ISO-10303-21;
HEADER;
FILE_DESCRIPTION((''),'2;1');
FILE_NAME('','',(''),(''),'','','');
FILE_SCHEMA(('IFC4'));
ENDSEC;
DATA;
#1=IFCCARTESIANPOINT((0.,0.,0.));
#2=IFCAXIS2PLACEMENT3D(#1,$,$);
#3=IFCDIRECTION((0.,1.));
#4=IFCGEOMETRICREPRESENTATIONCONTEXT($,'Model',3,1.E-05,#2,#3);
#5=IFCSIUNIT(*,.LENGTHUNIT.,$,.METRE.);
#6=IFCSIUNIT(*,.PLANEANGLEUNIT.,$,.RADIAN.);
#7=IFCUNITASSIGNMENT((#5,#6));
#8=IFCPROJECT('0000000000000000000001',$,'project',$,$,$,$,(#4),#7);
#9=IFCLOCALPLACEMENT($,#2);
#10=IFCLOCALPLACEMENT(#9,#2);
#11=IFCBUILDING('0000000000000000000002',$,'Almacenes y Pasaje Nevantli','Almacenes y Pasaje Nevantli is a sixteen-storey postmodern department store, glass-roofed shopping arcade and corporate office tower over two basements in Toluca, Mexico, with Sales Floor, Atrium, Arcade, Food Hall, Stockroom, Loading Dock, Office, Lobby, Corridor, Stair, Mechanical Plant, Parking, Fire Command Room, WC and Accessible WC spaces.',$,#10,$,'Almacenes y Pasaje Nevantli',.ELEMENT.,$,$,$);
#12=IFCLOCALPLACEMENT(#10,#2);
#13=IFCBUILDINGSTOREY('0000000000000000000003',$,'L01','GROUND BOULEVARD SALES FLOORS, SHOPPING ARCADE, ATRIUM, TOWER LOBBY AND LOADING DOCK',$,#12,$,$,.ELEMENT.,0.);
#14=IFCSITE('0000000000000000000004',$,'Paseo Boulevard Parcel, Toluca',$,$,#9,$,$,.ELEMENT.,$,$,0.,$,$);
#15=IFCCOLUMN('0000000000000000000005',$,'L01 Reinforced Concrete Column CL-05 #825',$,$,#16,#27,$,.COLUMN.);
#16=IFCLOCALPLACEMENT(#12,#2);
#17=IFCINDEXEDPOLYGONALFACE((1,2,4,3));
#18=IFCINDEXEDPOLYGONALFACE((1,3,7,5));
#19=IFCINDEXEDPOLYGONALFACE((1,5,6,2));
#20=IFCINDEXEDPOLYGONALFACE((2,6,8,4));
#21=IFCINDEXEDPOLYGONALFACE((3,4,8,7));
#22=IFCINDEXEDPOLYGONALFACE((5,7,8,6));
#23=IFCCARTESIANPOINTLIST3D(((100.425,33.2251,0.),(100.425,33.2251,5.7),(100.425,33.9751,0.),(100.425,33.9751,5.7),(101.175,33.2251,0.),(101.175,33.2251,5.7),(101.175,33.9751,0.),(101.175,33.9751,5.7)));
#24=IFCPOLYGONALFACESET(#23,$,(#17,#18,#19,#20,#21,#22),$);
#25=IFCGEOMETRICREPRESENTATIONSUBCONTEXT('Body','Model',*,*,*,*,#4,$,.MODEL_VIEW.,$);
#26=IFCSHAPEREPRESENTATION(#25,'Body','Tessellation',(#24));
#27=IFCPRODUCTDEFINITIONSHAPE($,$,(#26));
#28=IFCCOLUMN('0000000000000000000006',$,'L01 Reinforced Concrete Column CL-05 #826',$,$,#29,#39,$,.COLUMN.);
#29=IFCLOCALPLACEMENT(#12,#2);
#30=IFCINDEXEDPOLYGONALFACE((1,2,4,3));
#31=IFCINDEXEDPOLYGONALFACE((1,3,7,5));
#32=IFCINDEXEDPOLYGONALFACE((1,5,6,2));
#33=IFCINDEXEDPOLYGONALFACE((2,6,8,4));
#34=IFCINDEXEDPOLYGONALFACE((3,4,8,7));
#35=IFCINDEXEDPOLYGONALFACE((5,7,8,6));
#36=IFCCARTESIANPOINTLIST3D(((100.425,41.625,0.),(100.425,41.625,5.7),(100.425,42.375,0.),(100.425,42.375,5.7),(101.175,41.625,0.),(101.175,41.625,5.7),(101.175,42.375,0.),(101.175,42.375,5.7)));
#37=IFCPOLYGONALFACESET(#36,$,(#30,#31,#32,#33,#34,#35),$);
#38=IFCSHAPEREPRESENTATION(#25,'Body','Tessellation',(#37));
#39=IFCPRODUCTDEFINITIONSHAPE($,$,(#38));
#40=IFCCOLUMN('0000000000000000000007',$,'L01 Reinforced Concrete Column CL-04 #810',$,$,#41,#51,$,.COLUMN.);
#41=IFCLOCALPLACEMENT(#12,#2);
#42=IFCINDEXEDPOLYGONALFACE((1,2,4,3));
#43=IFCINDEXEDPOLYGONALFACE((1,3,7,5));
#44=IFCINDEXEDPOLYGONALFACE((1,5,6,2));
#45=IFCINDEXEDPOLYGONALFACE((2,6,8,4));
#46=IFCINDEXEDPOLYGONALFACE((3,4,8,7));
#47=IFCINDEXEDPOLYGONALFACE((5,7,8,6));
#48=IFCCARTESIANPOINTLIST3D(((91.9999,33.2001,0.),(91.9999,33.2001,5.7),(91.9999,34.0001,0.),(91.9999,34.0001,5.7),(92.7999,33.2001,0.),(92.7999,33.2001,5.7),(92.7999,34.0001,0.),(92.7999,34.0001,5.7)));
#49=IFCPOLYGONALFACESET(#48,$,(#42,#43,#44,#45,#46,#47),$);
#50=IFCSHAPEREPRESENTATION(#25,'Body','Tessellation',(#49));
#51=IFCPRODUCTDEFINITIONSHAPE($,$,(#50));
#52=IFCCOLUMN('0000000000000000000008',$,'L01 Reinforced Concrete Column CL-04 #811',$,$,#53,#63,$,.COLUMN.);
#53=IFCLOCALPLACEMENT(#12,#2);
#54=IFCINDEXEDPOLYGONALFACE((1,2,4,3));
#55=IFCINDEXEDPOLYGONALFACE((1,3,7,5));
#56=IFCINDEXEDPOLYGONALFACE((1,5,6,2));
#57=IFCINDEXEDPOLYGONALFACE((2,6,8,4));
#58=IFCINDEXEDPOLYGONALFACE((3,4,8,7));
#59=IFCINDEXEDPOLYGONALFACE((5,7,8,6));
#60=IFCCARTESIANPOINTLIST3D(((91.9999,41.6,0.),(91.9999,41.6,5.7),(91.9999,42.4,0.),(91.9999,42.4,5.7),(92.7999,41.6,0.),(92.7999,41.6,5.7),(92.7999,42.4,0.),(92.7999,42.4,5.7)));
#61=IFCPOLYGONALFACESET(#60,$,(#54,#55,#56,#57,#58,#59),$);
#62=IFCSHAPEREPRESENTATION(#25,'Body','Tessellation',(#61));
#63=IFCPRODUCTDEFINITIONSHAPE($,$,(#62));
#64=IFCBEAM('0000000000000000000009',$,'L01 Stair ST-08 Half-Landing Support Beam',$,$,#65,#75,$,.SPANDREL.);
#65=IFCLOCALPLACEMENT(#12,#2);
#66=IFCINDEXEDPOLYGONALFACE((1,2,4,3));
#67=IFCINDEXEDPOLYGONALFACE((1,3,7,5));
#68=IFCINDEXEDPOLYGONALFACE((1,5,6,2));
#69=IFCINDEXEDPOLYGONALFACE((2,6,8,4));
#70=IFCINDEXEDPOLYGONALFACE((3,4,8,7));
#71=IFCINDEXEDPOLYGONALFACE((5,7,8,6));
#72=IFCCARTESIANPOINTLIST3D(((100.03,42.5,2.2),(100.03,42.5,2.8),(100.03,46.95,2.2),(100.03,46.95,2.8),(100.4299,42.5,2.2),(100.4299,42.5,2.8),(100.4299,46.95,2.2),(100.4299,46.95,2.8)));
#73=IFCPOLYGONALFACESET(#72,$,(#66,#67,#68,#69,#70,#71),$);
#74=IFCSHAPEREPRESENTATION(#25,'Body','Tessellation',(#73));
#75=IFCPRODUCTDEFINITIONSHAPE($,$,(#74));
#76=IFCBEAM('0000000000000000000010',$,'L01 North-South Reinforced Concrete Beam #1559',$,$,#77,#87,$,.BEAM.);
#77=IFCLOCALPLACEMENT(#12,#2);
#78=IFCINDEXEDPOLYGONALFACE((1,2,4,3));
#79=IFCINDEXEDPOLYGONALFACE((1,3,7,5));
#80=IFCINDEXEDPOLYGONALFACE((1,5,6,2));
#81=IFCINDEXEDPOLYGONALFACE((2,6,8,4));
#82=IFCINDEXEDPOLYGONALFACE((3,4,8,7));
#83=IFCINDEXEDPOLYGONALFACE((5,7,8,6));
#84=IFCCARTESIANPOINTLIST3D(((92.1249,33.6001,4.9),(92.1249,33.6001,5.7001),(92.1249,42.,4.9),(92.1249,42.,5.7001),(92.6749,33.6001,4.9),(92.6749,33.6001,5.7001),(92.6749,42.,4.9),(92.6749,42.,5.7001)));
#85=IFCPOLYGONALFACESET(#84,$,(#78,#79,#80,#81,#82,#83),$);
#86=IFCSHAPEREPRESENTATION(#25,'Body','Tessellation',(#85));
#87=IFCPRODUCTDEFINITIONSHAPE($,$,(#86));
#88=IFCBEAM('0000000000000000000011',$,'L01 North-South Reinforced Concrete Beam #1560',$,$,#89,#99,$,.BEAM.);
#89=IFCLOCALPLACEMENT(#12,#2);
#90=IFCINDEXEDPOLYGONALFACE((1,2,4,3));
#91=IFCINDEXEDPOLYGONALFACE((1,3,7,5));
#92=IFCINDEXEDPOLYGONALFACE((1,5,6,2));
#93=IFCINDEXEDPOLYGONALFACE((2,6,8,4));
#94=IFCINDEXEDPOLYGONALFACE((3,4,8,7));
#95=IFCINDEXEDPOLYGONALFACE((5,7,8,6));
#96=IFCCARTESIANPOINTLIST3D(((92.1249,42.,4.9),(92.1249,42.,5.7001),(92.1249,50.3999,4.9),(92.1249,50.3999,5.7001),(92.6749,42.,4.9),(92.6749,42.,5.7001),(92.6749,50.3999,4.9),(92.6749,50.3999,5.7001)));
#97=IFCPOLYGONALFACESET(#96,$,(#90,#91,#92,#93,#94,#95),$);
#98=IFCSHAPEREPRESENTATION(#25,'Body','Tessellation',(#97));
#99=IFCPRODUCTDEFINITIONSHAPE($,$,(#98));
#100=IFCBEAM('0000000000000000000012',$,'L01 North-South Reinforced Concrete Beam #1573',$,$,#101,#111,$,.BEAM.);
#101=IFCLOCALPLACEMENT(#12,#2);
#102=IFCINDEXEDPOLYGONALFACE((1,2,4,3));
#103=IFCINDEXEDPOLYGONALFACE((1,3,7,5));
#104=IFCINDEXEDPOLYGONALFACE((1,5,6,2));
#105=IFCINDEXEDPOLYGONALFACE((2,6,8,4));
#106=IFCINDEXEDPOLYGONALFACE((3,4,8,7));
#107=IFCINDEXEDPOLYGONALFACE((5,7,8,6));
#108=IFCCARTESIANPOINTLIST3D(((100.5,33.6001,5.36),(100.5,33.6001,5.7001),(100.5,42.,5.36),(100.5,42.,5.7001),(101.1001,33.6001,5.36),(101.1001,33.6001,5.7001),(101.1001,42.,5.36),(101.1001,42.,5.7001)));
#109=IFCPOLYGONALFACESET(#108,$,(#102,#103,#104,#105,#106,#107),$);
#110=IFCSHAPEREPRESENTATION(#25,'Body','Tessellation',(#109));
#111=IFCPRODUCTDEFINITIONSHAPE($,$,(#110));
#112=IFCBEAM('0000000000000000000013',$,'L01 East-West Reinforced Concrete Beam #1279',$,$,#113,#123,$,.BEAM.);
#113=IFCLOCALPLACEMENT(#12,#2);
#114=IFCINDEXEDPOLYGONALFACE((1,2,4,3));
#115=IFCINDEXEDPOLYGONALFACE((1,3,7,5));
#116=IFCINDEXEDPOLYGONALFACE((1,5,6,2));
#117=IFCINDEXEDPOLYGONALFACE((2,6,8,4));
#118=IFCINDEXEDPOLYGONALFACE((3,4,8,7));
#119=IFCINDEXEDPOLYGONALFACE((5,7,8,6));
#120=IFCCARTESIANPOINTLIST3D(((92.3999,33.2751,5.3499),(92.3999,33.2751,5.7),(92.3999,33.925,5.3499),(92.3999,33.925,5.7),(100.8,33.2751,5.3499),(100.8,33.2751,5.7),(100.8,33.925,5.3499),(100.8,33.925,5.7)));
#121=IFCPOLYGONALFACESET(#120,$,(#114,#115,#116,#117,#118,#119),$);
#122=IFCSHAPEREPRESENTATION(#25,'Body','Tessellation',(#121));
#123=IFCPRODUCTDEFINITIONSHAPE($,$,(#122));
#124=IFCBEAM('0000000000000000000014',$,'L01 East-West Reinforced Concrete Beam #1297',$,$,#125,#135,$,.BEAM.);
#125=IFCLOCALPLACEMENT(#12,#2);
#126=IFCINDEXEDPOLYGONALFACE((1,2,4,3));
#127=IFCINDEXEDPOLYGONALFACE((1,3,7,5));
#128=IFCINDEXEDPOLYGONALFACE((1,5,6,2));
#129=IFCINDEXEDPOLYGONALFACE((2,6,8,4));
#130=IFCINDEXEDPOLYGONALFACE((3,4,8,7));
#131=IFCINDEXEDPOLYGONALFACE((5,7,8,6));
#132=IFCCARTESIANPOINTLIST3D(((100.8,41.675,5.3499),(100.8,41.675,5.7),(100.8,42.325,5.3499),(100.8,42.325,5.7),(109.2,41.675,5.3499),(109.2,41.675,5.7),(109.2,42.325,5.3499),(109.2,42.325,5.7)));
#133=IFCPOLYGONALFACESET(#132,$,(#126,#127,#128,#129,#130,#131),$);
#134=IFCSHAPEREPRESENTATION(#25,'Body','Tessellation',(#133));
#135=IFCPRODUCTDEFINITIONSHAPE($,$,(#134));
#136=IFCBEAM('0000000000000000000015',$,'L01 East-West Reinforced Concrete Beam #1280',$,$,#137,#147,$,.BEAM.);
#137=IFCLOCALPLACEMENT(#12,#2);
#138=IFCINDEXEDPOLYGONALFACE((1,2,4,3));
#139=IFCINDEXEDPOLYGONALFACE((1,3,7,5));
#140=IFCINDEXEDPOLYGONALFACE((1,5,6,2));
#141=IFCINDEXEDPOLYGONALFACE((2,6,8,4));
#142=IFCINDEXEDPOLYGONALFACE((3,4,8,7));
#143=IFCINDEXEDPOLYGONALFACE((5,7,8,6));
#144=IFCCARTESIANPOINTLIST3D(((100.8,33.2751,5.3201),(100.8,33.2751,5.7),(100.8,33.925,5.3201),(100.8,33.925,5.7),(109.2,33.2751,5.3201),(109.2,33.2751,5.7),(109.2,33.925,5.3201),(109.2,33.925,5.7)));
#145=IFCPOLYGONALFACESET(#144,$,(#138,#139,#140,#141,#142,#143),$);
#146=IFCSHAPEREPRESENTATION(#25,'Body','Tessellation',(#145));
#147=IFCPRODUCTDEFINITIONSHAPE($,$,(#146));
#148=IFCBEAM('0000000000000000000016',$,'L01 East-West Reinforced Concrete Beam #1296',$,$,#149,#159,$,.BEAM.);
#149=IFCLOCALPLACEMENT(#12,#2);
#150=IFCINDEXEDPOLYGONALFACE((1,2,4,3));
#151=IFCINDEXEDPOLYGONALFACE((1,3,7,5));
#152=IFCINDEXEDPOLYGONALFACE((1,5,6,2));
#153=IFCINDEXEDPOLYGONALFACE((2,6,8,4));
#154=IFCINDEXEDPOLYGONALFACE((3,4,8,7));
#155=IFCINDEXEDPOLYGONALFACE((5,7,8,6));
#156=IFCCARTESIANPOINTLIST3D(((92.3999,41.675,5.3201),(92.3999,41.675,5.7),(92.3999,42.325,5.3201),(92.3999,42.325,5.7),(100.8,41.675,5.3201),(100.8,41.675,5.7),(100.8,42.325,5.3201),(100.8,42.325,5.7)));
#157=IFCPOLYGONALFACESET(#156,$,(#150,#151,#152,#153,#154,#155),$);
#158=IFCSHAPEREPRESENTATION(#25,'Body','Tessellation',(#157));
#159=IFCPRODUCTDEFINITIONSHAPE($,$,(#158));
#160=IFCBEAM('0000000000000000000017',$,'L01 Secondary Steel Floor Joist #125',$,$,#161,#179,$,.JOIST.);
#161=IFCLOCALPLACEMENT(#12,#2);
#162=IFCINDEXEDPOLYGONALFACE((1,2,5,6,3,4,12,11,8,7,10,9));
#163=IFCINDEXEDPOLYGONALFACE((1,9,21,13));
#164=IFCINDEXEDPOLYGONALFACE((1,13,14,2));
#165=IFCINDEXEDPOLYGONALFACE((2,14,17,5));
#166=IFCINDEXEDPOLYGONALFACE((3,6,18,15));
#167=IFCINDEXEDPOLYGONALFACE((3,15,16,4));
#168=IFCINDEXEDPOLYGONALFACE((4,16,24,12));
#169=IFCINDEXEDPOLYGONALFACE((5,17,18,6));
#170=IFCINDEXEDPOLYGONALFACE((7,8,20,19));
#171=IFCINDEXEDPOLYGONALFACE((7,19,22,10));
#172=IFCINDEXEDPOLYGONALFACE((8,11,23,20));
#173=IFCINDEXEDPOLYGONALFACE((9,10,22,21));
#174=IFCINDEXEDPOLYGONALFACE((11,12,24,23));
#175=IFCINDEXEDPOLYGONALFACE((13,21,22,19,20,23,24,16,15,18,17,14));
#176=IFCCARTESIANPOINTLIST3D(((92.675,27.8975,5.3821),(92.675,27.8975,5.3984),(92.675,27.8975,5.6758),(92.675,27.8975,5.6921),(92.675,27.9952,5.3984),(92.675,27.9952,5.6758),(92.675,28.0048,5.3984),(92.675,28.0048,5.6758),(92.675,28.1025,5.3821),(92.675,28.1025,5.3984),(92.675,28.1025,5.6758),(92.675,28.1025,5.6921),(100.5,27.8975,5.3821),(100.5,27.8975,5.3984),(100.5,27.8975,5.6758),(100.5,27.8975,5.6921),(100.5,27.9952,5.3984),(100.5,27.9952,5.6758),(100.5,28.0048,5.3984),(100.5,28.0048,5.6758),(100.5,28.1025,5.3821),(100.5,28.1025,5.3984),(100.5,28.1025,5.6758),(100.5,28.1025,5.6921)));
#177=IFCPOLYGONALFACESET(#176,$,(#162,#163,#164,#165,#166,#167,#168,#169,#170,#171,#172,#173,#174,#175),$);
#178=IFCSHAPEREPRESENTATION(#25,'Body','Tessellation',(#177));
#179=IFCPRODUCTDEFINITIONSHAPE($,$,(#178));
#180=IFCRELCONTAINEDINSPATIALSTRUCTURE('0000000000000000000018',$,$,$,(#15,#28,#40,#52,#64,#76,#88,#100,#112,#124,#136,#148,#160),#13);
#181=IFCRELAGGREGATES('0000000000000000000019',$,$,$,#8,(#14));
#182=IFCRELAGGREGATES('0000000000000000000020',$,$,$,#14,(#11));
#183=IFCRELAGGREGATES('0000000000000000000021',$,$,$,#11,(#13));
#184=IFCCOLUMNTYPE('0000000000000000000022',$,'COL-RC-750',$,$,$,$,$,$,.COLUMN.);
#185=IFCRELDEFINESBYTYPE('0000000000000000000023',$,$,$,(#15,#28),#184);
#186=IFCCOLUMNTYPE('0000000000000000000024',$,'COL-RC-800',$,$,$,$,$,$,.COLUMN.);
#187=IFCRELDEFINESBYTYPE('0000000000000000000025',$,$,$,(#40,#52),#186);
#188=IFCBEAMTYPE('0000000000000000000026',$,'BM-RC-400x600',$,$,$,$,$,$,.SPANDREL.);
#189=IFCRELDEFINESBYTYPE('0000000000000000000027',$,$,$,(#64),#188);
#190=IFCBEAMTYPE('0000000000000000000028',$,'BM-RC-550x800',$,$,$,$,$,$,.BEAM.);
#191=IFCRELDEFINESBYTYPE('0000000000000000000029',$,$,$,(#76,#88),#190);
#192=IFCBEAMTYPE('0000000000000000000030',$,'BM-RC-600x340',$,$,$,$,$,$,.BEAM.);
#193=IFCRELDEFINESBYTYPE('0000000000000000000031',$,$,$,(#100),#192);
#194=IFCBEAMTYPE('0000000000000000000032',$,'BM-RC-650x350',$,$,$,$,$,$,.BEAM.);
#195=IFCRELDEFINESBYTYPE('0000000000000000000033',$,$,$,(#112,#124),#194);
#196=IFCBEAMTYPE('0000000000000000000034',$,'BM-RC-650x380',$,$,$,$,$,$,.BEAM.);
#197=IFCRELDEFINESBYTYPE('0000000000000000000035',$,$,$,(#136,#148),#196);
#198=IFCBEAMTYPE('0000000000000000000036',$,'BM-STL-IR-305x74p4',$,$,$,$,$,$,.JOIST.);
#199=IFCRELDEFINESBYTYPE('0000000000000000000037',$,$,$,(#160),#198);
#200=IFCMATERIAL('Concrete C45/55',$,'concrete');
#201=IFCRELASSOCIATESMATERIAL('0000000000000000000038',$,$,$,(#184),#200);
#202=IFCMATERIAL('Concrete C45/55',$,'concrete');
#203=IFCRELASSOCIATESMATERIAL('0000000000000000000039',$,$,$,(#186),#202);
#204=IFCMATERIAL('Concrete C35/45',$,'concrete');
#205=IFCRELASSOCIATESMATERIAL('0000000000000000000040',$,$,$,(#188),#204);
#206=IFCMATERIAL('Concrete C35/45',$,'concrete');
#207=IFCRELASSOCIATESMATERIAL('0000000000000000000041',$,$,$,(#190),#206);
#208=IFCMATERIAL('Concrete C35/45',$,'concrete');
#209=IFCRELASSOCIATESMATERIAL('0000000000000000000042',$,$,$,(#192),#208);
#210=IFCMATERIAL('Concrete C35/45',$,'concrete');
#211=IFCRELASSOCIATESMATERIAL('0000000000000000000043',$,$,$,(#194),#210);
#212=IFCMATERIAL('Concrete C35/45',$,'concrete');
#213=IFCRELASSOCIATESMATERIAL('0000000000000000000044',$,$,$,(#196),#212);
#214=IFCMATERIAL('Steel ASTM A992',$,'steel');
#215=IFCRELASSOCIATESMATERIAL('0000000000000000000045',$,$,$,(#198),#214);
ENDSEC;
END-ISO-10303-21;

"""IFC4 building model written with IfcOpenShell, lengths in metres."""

from ifc_helpers import new_model, si_unit, direction, frame, origin, origin_2d, place, context, subcontext, project, spatial, rectangle, i_section, extrude, material, material_profile, profile_set, type_object, element, save


model = new_model("IFC4")

# Units and contexts
model_context = context("Model", 3, precision=1e-05, world=origin(), true_north=direction((0.0, 1.0)))
body_context = subcontext(model_context, "Body", "Model", "MODEL_VIEW")
ifc_project = project(units=[si_unit("LENGTHUNIT", "METRE"), si_unit("PLANEANGLEUNIT", "RADIAN")], contexts=[model_context])

# Site, building, storey
site_placement = place(None, origin())
site = spatial("IfcSite", under=ifc_project, at=site_placement, Name="Paseo Boulevard Parcel, Toluca", CompositionType="ELEMENT", RefElevation=0.0)
building_placement = place(site_placement, origin())
building = spatial("IfcBuilding", under=site, at=building_placement, Name="Almacenes y Pasaje Nevantli", Description="Almacenes y Pasaje Nevantli is a sixteen-storey postmodern department store, glass-roofed shopping arcade and corporate office tower over two basements in Toluca, Mexico, with Sales Floor, Atrium, Arcade, Food Hall, Stockroom, Loading Dock, Office, Lobby, Corridor, Stair, Mechanical Plant, Parking, Fire Command Room, WC and Accessible WC spaces.", LongName="Almacenes y Pasaje Nevantli", CompositionType="ELEMENT")
storey_placement = place(building_placement, origin())
storey = spatial("IfcBuildingStorey", under=building, at=storey_placement, Name="L01", Description="GROUND BOULEVARD SALES FLOORS, SHOPPING ARCADE, ATRIUM, TOWER LOBBY AND LOADING DOCK", CompositionType="ELEMENT", Elevation=0.0)

# Columns
ifc_material_1 = material(Name="Concrete C45/55", Category="concrete")
ifc_material_profile_1 = material_profile(ifc_material_1, rectangle(XDim=0.75, YDim=0.75, at=origin_2d()), Name="RC-COL-750x750")
ifc_profile_set_1 = profile_set([ifc_material_profile_1], Name="Concrete C45/55")
column_type_1 = type_object("IfcColumnType", Name="COL-RC-750", PredefinedType="COLUMN", material=ifc_profile_set_1)
for number, where, z_axis, x_axis, name in (
    (1, (100.8, 33.6001, 0.0), (0.0, 0.0, 1.0), (1.0, 0.0, 0.0), "L01 Reinforced Concrete Column CL-05 #825"),
    (2, (100.8, 42.0, 0.0), (0.0, 0.0, 1.0), (1.0, 0.0, 0.0), "L01 Reinforced Concrete Column CL-05 #826"),
):
    element("IfcColumn", number, at=place(storey_placement, frame(where, z_axis=z_axis, x_axis=x_axis)), inside=storey, type_object=column_type_1, Name=name, PredefinedType="COLUMN", context=body_context, shape_type="SweptSolid", body=[
        extrude(rectangle(XDim=0.75, YDim=0.75, at=origin_2d()), origin(), (0.0, 0.0, 1.0), 5.7),
    ])
ifc_material_2 = material(Name="Concrete C45/55", Category="concrete")
ifc_material_profile_2 = material_profile(ifc_material_2, rectangle(XDim=0.8, YDim=0.8, at=origin_2d()), Name="RC-COL-800x800")
ifc_profile_set_2 = profile_set([ifc_material_profile_2], Name="Concrete C45/55")
column_type_2 = type_object("IfcColumnType", Name="COL-RC-800", PredefinedType="COLUMN", material=ifc_profile_set_2)
for number, where, z_axis, x_axis, name in (
    (3, (92.3999, 33.6001, 0.0), (0.0, 0.0, 1.0), (1.0, 0.0, 0.0), "L01 Reinforced Concrete Column CL-04 #810"),
    (4, (92.3999, 42.0, 0.0), (0.0, 0.0, 1.0), (1.0, 0.0, 0.0), "L01 Reinforced Concrete Column CL-04 #811"),
):
    element("IfcColumn", number, at=place(storey_placement, frame(where, z_axis=z_axis, x_axis=x_axis)), inside=storey, type_object=column_type_2, Name=name, PredefinedType="COLUMN", context=body_context, shape_type="SweptSolid", body=[
        extrude(rectangle(XDim=0.8, YDim=0.8, at=origin_2d()), origin(), (0.0, 0.0, 1.0), 5.7),
    ])

# Beams
ifc_material_3 = material(Name="Concrete C35/45", Category="concrete")
ifc_material_profile_3 = material_profile(ifc_material_3, rectangle(XDim=0.3999, YDim=0.6001, at=origin_2d()), Name="RC-BM-400x600")
ifc_profile_set_3 = profile_set([ifc_material_profile_3], Name="Concrete C35/45")
beam_type_1 = type_object("IfcBeamType", Name="BM-RC-400x600", PredefinedType="SPANDREL", material=ifc_profile_set_3)
beam_1_placement = place(storey_placement, frame((100.23, 42.5, 2.5), z_axis=(0.0, 1.0, 0.0), x_axis=(-1.0, 0.0, 0.0)))
element("IfcBeam", 5, at=beam_1_placement, inside=storey, type_object=beam_type_1, Name="L01 Stair ST-08 Half-Landing Support Beam", PredefinedType="SPANDREL", context=body_context, shape_type="SweptSolid", body=[
    extrude(rectangle(XDim=0.3999, YDim=0.6001, at=origin_2d()), origin(), (0.0, 0.0, 1.0), 4.45),
])
ifc_material_4 = material(Name="Concrete C35/45", Category="concrete")
ifc_material_profile_4 = material_profile(ifc_material_4, rectangle(XDim=0.55, YDim=0.8, at=origin_2d()), Name="RC-BM-550x800")
ifc_profile_set_4 = profile_set([ifc_material_profile_4], Name="Concrete C35/45")
beam_type_2 = type_object("IfcBeamType", Name="BM-RC-550x800", PredefinedType="BEAM", material=ifc_profile_set_4)
for number, where, z_axis, x_axis, name in (
    (6, (92.3999, 33.6001, 5.3), (0.0, 1.0, 0.0), (-1.0, 0.0, 0.0), "L01 North-South Reinforced Concrete Beam #1559"),
    (7, (92.3999, 42.0, 5.3), (0.0, 1.0, 0.0), (-1.0, 0.0, 0.0), "L01 North-South Reinforced Concrete Beam #1560"),
):
    element("IfcBeam", number, at=place(storey_placement, frame(where, z_axis=z_axis, x_axis=x_axis)), inside=storey, type_object=beam_type_2, Name=name, PredefinedType="BEAM", context=body_context, shape_type="SweptSolid", body=[
        extrude(rectangle(XDim=0.55, YDim=0.8, at=origin_2d()), origin(), (0.0, 0.0, 1.0), 8.3999),
    ])
ifc_material_5 = material(Name="Concrete C35/45", Category="concrete")
ifc_material_profile_5 = material_profile(ifc_material_5, rectangle(XDim=0.6001, YDim=0.3401, at=origin_2d()), Name="RC-BM-600x340")
ifc_profile_set_5 = profile_set([ifc_material_profile_5], Name="Concrete C35/45")
beam_type_3 = type_object("IfcBeamType", Name="BM-RC-600x340", PredefinedType="BEAM", material=ifc_profile_set_5)
beam_2_placement = place(storey_placement, frame((100.8, 33.6001, 5.53), z_axis=(0.0, 1.0, 0.0), x_axis=(-1.0, 0.0, 0.0)))
element("IfcBeam", 8, at=beam_2_placement, inside=storey, type_object=beam_type_3, Name="L01 North-South Reinforced Concrete Beam #1573", PredefinedType="BEAM", context=body_context, shape_type="SweptSolid", body=[
    extrude(rectangle(XDim=0.6001, YDim=0.3401, at=origin_2d()), origin(), (0.0, 0.0, 1.0), 8.3999),
])
ifc_material_6 = material(Name="Concrete C35/45", Category="concrete")
ifc_material_profile_6 = material_profile(ifc_material_6, rectangle(XDim=0.6499, YDim=0.3501, at=origin_2d()), Name="RC-BM-650x350")
ifc_profile_set_6 = profile_set([ifc_material_profile_6], Name="Concrete C35/45")
beam_type_4 = type_object("IfcBeamType", Name="BM-RC-650x350", PredefinedType="BEAM", material=ifc_profile_set_6)
beam_3_placement = place(storey_placement, frame((92.3999, 33.6001, 5.5249), z_axis=(1.0, 0.0, 0.0), x_axis=(0.0, 1.0, 0.0)))
element("IfcBeam", 9, at=beam_3_placement, inside=storey, type_object=beam_type_4, Name="L01 East-West Reinforced Concrete Beam #1279", PredefinedType="BEAM", context=body_context, shape_type="SweptSolid", body=[
    extrude(rectangle(XDim=0.6499, YDim=0.3501, at=origin_2d()), origin(), (0.0, 0.0, 1.0), 8.4001),
])
beam_4_placement = place(storey_placement, frame((100.8, 42.0, 5.5249), z_axis=(1.0, 0.0, 0.0), x_axis=(0.0, 1.0, 0.0)))
element("IfcBeam", 10, at=beam_4_placement, inside=storey, type_object=beam_type_4, Name="L01 East-West Reinforced Concrete Beam #1297", PredefinedType="BEAM", context=body_context, shape_type="SweptSolid", body=[
    extrude(rectangle(XDim=0.6499, YDim=0.3501, at=origin_2d()), origin(), (0.0, 0.0, 1.0), 8.3999),
])
ifc_material_7 = material(Name="Concrete C35/45", Category="concrete")
ifc_material_profile_7 = material_profile(ifc_material_7, rectangle(XDim=0.6499, YDim=0.3799, at=origin_2d()), Name="RC-BM-650x380")
ifc_profile_set_7 = profile_set([ifc_material_profile_7], Name="Concrete C35/45")
beam_type_5 = type_object("IfcBeamType", Name="BM-RC-650x380", PredefinedType="BEAM", material=ifc_profile_set_7)
beam_5_placement = place(storey_placement, frame((100.8, 33.6001, 5.51), z_axis=(1.0, 0.0, 0.0), x_axis=(0.0, 1.0, 0.0)))
element("IfcBeam", 11, at=beam_5_placement, inside=storey, type_object=beam_type_5, Name="L01 East-West Reinforced Concrete Beam #1280", PredefinedType="BEAM", context=body_context, shape_type="SweptSolid", body=[
    extrude(rectangle(XDim=0.6499, YDim=0.3799, at=origin_2d()), origin(), (0.0, 0.0, 1.0), 8.3999),
])
beam_6_placement = place(storey_placement, frame((92.3999, 42.0, 5.51), z_axis=(1.0, 0.0, 0.0), x_axis=(0.0, 1.0, 0.0)))
element("IfcBeam", 12, at=beam_6_placement, inside=storey, type_object=beam_type_5, Name="L01 East-West Reinforced Concrete Beam #1296", PredefinedType="BEAM", context=body_context, shape_type="SweptSolid", body=[
    extrude(rectangle(XDim=0.6499, YDim=0.3799, at=origin_2d()), origin(), (0.0, 0.0, 1.0), 8.4001),
])
ifc_material_8 = material(Name="Steel ASTM A992", Category="steel")
ifc_material_profile_8 = material_profile(ifc_material_8, i_section(OverallWidth=0.2051, OverallDepth=0.3101, WebThickness=0.0095, FlangeThickness=0.0164, at=origin_2d()), Name="IR 305x74.4")
ifc_profile_set_8 = profile_set([ifc_material_profile_8], Name="Steel ASTM A992")
beam_type_6 = type_object("IfcBeamType", Name="BM-STL-IR-305x74p4", PredefinedType="JOIST", material=ifc_profile_set_8)
for number, where, z_axis, x_axis, name in (
    (13, (92.675, 28.0, 5.5371), (1.0, 0.0, 0.0), (0.0, 1.0, 0.0), "L01 Secondary Steel Floor Joist #125"),
):
    element("IfcBeam", number, at=place(storey_placement, frame(where, z_axis=z_axis, x_axis=x_axis)), inside=storey, type_object=beam_type_6, Name=name, PredefinedType="JOIST", context=body_context, shape_type="SweptSolid", body=[
        extrude(i_section(OverallWidth=0.2051, OverallDepth=0.3101, WebThickness=0.0095, FlangeThickness=0.0164, at=origin_2d()), origin(), (0.0, 0.0, 1.0), 7.825),
    ])

save(model, "model.ifc")
